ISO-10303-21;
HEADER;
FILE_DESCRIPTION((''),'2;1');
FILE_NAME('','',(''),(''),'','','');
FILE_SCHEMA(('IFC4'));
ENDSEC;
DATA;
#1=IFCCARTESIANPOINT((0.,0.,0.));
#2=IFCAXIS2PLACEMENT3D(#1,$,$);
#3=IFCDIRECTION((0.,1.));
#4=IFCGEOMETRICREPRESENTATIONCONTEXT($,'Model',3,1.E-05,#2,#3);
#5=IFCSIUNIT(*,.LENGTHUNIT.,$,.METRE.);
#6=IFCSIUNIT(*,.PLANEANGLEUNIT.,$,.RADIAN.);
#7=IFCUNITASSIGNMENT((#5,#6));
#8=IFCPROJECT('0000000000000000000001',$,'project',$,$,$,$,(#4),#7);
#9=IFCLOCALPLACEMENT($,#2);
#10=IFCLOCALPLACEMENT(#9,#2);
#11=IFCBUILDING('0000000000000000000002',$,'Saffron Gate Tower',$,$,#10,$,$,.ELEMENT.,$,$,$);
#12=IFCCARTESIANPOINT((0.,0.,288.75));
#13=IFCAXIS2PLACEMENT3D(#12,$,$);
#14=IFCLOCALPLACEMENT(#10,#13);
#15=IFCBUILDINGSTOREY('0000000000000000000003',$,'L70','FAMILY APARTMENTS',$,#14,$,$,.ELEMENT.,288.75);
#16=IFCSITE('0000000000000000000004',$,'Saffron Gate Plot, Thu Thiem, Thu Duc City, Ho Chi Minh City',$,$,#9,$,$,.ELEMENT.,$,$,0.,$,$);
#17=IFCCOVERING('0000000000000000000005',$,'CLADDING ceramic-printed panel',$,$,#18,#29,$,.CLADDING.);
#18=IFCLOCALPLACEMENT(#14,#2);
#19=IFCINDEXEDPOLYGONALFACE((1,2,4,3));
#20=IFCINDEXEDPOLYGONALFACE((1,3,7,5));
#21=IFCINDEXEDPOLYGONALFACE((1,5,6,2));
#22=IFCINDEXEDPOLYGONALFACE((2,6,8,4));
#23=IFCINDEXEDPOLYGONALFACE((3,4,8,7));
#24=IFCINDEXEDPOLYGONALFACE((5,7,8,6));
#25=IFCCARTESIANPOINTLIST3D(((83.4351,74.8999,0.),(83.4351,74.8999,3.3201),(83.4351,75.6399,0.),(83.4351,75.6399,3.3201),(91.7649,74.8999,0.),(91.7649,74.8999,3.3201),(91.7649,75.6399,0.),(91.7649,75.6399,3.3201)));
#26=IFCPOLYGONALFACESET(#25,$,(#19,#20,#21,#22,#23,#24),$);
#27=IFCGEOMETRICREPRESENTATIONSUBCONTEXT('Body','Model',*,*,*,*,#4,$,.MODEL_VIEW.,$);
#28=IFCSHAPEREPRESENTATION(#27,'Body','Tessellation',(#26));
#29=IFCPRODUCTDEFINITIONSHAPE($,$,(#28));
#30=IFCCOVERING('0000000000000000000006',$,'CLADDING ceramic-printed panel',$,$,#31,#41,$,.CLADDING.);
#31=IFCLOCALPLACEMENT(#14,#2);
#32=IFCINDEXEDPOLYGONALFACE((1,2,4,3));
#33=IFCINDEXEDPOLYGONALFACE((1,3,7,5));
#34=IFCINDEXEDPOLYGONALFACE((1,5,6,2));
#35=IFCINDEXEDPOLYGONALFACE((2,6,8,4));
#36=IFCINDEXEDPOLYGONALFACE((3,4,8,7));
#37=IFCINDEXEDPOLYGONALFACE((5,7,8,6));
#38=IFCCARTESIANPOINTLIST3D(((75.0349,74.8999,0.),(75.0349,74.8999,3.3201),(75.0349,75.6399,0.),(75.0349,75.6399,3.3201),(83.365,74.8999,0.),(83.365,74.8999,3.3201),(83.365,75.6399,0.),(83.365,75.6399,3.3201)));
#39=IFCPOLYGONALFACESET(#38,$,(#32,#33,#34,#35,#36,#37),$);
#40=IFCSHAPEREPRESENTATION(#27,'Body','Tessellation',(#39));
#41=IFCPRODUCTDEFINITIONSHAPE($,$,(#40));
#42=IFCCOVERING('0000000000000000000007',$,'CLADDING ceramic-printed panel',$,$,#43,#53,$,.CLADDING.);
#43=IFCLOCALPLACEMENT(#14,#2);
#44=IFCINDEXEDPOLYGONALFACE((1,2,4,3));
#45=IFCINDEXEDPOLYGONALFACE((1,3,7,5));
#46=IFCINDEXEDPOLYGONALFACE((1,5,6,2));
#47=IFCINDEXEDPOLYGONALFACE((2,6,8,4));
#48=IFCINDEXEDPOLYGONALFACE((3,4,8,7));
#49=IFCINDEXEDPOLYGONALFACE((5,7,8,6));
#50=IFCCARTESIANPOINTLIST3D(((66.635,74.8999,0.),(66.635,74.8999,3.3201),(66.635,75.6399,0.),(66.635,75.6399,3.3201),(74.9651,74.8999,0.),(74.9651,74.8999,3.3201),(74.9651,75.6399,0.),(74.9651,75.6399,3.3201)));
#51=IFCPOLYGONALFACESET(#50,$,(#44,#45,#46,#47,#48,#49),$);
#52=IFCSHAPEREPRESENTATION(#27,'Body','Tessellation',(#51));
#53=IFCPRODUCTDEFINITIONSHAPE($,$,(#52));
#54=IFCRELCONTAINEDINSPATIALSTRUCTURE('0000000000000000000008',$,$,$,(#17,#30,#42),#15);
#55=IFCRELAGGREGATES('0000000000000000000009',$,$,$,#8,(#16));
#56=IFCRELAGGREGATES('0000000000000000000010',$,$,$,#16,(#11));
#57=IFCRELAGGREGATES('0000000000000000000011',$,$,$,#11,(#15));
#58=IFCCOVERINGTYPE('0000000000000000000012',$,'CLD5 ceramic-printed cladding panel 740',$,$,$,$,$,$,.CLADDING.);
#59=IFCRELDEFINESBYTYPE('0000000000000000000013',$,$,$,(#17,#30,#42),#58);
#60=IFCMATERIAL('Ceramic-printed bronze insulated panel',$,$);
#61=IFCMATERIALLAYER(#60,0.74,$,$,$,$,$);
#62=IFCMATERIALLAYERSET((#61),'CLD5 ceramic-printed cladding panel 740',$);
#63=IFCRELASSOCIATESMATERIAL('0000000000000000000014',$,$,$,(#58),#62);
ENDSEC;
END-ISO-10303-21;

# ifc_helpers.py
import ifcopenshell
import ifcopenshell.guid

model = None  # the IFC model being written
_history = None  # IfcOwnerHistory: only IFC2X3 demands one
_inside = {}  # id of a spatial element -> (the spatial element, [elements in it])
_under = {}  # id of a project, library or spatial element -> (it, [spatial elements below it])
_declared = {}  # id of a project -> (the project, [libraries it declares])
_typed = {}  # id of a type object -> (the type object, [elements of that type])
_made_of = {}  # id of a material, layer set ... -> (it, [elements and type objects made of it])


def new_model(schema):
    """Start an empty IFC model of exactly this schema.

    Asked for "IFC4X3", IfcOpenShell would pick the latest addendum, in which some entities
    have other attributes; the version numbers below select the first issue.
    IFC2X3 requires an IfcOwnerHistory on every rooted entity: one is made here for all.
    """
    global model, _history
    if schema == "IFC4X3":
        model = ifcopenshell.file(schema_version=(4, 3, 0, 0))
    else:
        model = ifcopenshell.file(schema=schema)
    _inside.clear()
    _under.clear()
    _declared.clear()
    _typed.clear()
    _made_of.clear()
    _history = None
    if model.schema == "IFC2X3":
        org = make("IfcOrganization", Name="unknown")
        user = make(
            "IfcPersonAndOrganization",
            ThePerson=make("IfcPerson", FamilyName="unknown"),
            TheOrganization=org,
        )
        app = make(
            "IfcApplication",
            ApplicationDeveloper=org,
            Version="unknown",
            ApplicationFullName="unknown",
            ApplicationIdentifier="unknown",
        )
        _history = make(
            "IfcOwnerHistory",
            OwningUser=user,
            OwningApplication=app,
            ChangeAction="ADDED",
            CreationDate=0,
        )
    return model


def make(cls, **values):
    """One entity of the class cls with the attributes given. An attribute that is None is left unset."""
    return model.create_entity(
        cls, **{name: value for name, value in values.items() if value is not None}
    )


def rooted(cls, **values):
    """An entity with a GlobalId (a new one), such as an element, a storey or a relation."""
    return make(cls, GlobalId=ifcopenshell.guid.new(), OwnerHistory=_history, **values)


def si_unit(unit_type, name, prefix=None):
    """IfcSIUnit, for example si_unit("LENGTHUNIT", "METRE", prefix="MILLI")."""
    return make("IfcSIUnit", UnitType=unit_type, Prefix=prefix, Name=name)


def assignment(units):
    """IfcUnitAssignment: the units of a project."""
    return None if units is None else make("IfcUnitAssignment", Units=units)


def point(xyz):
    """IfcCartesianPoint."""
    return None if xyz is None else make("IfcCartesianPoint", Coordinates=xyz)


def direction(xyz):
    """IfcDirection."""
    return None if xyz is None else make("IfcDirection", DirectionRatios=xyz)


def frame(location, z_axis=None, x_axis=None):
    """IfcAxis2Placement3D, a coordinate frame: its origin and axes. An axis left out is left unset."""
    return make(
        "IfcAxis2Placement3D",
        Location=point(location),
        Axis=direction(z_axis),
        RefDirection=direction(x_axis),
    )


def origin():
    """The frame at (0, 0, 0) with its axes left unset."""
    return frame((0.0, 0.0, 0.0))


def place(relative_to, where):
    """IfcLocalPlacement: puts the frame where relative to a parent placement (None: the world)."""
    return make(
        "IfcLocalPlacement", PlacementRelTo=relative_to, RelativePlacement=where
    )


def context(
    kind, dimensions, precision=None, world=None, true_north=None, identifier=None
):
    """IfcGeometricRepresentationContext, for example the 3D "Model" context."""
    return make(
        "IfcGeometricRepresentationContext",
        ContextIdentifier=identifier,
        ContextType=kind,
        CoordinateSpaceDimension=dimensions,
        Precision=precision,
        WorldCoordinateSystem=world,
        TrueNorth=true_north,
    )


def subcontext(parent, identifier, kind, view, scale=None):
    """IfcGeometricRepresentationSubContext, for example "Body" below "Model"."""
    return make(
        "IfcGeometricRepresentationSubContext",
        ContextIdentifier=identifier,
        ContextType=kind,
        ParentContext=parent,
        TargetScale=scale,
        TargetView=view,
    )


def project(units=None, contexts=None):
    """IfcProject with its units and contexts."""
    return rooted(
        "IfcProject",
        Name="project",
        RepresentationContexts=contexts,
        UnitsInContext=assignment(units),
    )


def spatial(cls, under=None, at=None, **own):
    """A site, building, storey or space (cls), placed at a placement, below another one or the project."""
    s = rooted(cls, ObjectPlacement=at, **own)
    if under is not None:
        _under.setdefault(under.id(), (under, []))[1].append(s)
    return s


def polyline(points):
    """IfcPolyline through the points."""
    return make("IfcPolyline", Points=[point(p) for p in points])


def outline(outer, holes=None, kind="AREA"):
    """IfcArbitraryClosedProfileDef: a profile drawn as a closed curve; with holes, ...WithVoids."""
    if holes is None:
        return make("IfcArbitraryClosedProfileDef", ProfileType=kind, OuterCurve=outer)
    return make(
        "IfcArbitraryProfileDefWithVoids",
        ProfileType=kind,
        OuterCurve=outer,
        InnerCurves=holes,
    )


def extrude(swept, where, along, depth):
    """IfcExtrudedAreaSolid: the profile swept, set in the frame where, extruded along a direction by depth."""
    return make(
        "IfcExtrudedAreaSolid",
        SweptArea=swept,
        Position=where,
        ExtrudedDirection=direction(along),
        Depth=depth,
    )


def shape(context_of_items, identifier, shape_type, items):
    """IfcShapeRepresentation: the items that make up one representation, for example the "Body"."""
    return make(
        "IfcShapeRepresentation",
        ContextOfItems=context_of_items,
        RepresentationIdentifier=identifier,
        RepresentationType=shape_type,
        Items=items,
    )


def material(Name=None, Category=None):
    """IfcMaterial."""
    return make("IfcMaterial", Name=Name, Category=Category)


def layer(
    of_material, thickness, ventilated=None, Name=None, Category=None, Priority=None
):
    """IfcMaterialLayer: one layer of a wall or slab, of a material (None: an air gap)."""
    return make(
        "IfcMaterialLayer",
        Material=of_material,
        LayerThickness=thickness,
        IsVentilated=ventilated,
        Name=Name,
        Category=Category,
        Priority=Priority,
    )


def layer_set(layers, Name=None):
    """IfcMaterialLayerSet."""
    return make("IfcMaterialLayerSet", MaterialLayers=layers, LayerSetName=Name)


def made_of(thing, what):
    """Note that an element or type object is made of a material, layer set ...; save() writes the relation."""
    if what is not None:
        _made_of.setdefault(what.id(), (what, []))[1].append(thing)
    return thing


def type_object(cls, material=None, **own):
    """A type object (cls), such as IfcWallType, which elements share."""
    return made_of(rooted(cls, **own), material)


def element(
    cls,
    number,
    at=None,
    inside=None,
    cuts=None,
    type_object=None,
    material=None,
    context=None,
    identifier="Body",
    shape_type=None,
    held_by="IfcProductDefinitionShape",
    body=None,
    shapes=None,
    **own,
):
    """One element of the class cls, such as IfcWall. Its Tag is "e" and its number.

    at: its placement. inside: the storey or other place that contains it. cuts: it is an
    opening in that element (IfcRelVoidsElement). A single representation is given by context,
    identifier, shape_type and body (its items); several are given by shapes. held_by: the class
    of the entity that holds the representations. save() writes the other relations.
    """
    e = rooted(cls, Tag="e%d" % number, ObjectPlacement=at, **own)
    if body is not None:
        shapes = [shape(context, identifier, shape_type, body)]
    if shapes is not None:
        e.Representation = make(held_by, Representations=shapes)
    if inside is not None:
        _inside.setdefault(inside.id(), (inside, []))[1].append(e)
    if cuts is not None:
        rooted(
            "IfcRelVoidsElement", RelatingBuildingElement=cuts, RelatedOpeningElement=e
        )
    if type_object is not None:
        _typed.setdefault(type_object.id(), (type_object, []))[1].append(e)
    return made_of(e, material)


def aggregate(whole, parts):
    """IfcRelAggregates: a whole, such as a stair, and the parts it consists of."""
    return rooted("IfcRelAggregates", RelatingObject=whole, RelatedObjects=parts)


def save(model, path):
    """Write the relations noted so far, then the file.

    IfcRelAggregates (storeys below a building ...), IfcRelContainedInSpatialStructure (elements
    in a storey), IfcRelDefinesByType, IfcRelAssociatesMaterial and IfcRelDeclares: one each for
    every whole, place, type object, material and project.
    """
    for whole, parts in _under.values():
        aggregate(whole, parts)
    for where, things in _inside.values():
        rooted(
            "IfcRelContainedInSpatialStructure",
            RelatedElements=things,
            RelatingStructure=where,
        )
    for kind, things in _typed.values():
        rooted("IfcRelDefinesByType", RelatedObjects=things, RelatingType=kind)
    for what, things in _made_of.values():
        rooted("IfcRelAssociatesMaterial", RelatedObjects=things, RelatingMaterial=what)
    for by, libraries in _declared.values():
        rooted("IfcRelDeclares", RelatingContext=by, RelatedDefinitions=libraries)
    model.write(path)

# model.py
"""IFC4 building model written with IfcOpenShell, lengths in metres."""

from ifc_helpers import new_model, si_unit, direction, frame, origin, place, context, subcontext, project, spatial, polyline, outline, extrude, material, layer, layer_set, type_object, element, save


model = new_model("IFC4")

# Units and contexts
model_context = context("Model", 3, precision=1e-05, world=origin(), true_north=direction((0.0, 1.0)))
body_context = subcontext(model_context, "Body", "Model", "MODEL_VIEW")
ifc_project = project(units=[si_unit("LENGTHUNIT", "METRE"), si_unit("PLANEANGLEUNIT", "RADIAN")], contexts=[model_context])

# Site, building, storey
site_placement = place(None, origin())
site = spatial("IfcSite", under=ifc_project, at=site_placement, Name="Saffron Gate Plot, Thu Thiem, Thu Duc City, Ho Chi Minh City", CompositionType="ELEMENT", RefElevation=0.0)
building_placement = place(site_placement, origin())
building = spatial("IfcBuilding", under=site, at=building_placement, Name="Saffron Gate Tower", CompositionType="ELEMENT")
storey_placement = place(building_placement, frame((0.0, 0.0, 288.75)))
storey = spatial("IfcBuildingStorey", under=building, at=storey_placement, Name="L70", Description="FAMILY APARTMENTS", CompositionType="ELEMENT", Elevation=288.75)

# Coverings
ifc_material_1 = material(Name="Ceramic-printed bronze insulated panel")
ifc_layer_1 = layer(ifc_material_1, 0.74)
ifc_layer_set_1 = layer_set([ifc_layer_1], Name="CLD5 ceramic-printed cladding panel 740")
covering_type = type_object("IfcCoveringType", Name="CLD5 ceramic-printed cladding panel 740", PredefinedType="CLADDING", material=ifc_layer_set_1)
covering_1_placement = place(storey_placement, origin())
element("IfcCovering", 1, at=covering_1_placement, inside=storey, type_object=covering_type, Name="CLADDING ceramic-printed panel", PredefinedType="CLADDING", context=body_context, shape_type="SweptSolid", body=[
    extrude(outline(polyline([(91.7649, 75.6399), (83.4351, 75.6399), (83.4351, 74.8999), (91.7649, 74.8999), (91.7649, 75.6399)])), origin(), (0.0, 0.0, 1.0), 3.3201),
])
covering_2_placement = place(storey_placement, origin())
element("IfcCovering", 2, at=covering_2_placement, inside=storey, type_object=covering_type, Name="CLADDING ceramic-printed panel", PredefinedType="CLADDING", context=body_context, shape_type="SweptSolid", body=[
    extrude(outline(polyline([(83.365, 75.6399), (75.0349, 75.6399), (75.0349, 74.8999), (83.365, 74.8999), (83.365, 75.6399)])), origin(), (0.0, 0.0, 1.0), 3.3201),
])
covering_3_placement = place(storey_placement, origin())
element("IfcCovering", 3, at=covering_3_placement, inside=storey, type_object=covering_type, Name="CLADDING ceramic-printed panel", PredefinedType="CLADDING", context=body_context, shape_type="SweptSolid", body=[
    extrude(outline(polyline([(74.9651, 75.6399), (66.635, 75.6399), (66.635, 74.8999), (74.9651, 74.8999), (74.9651, 75.6399)])), origin(), (0.0, 0.0, 1.0), 3.3201),
])

save(model, "model.ifc")
